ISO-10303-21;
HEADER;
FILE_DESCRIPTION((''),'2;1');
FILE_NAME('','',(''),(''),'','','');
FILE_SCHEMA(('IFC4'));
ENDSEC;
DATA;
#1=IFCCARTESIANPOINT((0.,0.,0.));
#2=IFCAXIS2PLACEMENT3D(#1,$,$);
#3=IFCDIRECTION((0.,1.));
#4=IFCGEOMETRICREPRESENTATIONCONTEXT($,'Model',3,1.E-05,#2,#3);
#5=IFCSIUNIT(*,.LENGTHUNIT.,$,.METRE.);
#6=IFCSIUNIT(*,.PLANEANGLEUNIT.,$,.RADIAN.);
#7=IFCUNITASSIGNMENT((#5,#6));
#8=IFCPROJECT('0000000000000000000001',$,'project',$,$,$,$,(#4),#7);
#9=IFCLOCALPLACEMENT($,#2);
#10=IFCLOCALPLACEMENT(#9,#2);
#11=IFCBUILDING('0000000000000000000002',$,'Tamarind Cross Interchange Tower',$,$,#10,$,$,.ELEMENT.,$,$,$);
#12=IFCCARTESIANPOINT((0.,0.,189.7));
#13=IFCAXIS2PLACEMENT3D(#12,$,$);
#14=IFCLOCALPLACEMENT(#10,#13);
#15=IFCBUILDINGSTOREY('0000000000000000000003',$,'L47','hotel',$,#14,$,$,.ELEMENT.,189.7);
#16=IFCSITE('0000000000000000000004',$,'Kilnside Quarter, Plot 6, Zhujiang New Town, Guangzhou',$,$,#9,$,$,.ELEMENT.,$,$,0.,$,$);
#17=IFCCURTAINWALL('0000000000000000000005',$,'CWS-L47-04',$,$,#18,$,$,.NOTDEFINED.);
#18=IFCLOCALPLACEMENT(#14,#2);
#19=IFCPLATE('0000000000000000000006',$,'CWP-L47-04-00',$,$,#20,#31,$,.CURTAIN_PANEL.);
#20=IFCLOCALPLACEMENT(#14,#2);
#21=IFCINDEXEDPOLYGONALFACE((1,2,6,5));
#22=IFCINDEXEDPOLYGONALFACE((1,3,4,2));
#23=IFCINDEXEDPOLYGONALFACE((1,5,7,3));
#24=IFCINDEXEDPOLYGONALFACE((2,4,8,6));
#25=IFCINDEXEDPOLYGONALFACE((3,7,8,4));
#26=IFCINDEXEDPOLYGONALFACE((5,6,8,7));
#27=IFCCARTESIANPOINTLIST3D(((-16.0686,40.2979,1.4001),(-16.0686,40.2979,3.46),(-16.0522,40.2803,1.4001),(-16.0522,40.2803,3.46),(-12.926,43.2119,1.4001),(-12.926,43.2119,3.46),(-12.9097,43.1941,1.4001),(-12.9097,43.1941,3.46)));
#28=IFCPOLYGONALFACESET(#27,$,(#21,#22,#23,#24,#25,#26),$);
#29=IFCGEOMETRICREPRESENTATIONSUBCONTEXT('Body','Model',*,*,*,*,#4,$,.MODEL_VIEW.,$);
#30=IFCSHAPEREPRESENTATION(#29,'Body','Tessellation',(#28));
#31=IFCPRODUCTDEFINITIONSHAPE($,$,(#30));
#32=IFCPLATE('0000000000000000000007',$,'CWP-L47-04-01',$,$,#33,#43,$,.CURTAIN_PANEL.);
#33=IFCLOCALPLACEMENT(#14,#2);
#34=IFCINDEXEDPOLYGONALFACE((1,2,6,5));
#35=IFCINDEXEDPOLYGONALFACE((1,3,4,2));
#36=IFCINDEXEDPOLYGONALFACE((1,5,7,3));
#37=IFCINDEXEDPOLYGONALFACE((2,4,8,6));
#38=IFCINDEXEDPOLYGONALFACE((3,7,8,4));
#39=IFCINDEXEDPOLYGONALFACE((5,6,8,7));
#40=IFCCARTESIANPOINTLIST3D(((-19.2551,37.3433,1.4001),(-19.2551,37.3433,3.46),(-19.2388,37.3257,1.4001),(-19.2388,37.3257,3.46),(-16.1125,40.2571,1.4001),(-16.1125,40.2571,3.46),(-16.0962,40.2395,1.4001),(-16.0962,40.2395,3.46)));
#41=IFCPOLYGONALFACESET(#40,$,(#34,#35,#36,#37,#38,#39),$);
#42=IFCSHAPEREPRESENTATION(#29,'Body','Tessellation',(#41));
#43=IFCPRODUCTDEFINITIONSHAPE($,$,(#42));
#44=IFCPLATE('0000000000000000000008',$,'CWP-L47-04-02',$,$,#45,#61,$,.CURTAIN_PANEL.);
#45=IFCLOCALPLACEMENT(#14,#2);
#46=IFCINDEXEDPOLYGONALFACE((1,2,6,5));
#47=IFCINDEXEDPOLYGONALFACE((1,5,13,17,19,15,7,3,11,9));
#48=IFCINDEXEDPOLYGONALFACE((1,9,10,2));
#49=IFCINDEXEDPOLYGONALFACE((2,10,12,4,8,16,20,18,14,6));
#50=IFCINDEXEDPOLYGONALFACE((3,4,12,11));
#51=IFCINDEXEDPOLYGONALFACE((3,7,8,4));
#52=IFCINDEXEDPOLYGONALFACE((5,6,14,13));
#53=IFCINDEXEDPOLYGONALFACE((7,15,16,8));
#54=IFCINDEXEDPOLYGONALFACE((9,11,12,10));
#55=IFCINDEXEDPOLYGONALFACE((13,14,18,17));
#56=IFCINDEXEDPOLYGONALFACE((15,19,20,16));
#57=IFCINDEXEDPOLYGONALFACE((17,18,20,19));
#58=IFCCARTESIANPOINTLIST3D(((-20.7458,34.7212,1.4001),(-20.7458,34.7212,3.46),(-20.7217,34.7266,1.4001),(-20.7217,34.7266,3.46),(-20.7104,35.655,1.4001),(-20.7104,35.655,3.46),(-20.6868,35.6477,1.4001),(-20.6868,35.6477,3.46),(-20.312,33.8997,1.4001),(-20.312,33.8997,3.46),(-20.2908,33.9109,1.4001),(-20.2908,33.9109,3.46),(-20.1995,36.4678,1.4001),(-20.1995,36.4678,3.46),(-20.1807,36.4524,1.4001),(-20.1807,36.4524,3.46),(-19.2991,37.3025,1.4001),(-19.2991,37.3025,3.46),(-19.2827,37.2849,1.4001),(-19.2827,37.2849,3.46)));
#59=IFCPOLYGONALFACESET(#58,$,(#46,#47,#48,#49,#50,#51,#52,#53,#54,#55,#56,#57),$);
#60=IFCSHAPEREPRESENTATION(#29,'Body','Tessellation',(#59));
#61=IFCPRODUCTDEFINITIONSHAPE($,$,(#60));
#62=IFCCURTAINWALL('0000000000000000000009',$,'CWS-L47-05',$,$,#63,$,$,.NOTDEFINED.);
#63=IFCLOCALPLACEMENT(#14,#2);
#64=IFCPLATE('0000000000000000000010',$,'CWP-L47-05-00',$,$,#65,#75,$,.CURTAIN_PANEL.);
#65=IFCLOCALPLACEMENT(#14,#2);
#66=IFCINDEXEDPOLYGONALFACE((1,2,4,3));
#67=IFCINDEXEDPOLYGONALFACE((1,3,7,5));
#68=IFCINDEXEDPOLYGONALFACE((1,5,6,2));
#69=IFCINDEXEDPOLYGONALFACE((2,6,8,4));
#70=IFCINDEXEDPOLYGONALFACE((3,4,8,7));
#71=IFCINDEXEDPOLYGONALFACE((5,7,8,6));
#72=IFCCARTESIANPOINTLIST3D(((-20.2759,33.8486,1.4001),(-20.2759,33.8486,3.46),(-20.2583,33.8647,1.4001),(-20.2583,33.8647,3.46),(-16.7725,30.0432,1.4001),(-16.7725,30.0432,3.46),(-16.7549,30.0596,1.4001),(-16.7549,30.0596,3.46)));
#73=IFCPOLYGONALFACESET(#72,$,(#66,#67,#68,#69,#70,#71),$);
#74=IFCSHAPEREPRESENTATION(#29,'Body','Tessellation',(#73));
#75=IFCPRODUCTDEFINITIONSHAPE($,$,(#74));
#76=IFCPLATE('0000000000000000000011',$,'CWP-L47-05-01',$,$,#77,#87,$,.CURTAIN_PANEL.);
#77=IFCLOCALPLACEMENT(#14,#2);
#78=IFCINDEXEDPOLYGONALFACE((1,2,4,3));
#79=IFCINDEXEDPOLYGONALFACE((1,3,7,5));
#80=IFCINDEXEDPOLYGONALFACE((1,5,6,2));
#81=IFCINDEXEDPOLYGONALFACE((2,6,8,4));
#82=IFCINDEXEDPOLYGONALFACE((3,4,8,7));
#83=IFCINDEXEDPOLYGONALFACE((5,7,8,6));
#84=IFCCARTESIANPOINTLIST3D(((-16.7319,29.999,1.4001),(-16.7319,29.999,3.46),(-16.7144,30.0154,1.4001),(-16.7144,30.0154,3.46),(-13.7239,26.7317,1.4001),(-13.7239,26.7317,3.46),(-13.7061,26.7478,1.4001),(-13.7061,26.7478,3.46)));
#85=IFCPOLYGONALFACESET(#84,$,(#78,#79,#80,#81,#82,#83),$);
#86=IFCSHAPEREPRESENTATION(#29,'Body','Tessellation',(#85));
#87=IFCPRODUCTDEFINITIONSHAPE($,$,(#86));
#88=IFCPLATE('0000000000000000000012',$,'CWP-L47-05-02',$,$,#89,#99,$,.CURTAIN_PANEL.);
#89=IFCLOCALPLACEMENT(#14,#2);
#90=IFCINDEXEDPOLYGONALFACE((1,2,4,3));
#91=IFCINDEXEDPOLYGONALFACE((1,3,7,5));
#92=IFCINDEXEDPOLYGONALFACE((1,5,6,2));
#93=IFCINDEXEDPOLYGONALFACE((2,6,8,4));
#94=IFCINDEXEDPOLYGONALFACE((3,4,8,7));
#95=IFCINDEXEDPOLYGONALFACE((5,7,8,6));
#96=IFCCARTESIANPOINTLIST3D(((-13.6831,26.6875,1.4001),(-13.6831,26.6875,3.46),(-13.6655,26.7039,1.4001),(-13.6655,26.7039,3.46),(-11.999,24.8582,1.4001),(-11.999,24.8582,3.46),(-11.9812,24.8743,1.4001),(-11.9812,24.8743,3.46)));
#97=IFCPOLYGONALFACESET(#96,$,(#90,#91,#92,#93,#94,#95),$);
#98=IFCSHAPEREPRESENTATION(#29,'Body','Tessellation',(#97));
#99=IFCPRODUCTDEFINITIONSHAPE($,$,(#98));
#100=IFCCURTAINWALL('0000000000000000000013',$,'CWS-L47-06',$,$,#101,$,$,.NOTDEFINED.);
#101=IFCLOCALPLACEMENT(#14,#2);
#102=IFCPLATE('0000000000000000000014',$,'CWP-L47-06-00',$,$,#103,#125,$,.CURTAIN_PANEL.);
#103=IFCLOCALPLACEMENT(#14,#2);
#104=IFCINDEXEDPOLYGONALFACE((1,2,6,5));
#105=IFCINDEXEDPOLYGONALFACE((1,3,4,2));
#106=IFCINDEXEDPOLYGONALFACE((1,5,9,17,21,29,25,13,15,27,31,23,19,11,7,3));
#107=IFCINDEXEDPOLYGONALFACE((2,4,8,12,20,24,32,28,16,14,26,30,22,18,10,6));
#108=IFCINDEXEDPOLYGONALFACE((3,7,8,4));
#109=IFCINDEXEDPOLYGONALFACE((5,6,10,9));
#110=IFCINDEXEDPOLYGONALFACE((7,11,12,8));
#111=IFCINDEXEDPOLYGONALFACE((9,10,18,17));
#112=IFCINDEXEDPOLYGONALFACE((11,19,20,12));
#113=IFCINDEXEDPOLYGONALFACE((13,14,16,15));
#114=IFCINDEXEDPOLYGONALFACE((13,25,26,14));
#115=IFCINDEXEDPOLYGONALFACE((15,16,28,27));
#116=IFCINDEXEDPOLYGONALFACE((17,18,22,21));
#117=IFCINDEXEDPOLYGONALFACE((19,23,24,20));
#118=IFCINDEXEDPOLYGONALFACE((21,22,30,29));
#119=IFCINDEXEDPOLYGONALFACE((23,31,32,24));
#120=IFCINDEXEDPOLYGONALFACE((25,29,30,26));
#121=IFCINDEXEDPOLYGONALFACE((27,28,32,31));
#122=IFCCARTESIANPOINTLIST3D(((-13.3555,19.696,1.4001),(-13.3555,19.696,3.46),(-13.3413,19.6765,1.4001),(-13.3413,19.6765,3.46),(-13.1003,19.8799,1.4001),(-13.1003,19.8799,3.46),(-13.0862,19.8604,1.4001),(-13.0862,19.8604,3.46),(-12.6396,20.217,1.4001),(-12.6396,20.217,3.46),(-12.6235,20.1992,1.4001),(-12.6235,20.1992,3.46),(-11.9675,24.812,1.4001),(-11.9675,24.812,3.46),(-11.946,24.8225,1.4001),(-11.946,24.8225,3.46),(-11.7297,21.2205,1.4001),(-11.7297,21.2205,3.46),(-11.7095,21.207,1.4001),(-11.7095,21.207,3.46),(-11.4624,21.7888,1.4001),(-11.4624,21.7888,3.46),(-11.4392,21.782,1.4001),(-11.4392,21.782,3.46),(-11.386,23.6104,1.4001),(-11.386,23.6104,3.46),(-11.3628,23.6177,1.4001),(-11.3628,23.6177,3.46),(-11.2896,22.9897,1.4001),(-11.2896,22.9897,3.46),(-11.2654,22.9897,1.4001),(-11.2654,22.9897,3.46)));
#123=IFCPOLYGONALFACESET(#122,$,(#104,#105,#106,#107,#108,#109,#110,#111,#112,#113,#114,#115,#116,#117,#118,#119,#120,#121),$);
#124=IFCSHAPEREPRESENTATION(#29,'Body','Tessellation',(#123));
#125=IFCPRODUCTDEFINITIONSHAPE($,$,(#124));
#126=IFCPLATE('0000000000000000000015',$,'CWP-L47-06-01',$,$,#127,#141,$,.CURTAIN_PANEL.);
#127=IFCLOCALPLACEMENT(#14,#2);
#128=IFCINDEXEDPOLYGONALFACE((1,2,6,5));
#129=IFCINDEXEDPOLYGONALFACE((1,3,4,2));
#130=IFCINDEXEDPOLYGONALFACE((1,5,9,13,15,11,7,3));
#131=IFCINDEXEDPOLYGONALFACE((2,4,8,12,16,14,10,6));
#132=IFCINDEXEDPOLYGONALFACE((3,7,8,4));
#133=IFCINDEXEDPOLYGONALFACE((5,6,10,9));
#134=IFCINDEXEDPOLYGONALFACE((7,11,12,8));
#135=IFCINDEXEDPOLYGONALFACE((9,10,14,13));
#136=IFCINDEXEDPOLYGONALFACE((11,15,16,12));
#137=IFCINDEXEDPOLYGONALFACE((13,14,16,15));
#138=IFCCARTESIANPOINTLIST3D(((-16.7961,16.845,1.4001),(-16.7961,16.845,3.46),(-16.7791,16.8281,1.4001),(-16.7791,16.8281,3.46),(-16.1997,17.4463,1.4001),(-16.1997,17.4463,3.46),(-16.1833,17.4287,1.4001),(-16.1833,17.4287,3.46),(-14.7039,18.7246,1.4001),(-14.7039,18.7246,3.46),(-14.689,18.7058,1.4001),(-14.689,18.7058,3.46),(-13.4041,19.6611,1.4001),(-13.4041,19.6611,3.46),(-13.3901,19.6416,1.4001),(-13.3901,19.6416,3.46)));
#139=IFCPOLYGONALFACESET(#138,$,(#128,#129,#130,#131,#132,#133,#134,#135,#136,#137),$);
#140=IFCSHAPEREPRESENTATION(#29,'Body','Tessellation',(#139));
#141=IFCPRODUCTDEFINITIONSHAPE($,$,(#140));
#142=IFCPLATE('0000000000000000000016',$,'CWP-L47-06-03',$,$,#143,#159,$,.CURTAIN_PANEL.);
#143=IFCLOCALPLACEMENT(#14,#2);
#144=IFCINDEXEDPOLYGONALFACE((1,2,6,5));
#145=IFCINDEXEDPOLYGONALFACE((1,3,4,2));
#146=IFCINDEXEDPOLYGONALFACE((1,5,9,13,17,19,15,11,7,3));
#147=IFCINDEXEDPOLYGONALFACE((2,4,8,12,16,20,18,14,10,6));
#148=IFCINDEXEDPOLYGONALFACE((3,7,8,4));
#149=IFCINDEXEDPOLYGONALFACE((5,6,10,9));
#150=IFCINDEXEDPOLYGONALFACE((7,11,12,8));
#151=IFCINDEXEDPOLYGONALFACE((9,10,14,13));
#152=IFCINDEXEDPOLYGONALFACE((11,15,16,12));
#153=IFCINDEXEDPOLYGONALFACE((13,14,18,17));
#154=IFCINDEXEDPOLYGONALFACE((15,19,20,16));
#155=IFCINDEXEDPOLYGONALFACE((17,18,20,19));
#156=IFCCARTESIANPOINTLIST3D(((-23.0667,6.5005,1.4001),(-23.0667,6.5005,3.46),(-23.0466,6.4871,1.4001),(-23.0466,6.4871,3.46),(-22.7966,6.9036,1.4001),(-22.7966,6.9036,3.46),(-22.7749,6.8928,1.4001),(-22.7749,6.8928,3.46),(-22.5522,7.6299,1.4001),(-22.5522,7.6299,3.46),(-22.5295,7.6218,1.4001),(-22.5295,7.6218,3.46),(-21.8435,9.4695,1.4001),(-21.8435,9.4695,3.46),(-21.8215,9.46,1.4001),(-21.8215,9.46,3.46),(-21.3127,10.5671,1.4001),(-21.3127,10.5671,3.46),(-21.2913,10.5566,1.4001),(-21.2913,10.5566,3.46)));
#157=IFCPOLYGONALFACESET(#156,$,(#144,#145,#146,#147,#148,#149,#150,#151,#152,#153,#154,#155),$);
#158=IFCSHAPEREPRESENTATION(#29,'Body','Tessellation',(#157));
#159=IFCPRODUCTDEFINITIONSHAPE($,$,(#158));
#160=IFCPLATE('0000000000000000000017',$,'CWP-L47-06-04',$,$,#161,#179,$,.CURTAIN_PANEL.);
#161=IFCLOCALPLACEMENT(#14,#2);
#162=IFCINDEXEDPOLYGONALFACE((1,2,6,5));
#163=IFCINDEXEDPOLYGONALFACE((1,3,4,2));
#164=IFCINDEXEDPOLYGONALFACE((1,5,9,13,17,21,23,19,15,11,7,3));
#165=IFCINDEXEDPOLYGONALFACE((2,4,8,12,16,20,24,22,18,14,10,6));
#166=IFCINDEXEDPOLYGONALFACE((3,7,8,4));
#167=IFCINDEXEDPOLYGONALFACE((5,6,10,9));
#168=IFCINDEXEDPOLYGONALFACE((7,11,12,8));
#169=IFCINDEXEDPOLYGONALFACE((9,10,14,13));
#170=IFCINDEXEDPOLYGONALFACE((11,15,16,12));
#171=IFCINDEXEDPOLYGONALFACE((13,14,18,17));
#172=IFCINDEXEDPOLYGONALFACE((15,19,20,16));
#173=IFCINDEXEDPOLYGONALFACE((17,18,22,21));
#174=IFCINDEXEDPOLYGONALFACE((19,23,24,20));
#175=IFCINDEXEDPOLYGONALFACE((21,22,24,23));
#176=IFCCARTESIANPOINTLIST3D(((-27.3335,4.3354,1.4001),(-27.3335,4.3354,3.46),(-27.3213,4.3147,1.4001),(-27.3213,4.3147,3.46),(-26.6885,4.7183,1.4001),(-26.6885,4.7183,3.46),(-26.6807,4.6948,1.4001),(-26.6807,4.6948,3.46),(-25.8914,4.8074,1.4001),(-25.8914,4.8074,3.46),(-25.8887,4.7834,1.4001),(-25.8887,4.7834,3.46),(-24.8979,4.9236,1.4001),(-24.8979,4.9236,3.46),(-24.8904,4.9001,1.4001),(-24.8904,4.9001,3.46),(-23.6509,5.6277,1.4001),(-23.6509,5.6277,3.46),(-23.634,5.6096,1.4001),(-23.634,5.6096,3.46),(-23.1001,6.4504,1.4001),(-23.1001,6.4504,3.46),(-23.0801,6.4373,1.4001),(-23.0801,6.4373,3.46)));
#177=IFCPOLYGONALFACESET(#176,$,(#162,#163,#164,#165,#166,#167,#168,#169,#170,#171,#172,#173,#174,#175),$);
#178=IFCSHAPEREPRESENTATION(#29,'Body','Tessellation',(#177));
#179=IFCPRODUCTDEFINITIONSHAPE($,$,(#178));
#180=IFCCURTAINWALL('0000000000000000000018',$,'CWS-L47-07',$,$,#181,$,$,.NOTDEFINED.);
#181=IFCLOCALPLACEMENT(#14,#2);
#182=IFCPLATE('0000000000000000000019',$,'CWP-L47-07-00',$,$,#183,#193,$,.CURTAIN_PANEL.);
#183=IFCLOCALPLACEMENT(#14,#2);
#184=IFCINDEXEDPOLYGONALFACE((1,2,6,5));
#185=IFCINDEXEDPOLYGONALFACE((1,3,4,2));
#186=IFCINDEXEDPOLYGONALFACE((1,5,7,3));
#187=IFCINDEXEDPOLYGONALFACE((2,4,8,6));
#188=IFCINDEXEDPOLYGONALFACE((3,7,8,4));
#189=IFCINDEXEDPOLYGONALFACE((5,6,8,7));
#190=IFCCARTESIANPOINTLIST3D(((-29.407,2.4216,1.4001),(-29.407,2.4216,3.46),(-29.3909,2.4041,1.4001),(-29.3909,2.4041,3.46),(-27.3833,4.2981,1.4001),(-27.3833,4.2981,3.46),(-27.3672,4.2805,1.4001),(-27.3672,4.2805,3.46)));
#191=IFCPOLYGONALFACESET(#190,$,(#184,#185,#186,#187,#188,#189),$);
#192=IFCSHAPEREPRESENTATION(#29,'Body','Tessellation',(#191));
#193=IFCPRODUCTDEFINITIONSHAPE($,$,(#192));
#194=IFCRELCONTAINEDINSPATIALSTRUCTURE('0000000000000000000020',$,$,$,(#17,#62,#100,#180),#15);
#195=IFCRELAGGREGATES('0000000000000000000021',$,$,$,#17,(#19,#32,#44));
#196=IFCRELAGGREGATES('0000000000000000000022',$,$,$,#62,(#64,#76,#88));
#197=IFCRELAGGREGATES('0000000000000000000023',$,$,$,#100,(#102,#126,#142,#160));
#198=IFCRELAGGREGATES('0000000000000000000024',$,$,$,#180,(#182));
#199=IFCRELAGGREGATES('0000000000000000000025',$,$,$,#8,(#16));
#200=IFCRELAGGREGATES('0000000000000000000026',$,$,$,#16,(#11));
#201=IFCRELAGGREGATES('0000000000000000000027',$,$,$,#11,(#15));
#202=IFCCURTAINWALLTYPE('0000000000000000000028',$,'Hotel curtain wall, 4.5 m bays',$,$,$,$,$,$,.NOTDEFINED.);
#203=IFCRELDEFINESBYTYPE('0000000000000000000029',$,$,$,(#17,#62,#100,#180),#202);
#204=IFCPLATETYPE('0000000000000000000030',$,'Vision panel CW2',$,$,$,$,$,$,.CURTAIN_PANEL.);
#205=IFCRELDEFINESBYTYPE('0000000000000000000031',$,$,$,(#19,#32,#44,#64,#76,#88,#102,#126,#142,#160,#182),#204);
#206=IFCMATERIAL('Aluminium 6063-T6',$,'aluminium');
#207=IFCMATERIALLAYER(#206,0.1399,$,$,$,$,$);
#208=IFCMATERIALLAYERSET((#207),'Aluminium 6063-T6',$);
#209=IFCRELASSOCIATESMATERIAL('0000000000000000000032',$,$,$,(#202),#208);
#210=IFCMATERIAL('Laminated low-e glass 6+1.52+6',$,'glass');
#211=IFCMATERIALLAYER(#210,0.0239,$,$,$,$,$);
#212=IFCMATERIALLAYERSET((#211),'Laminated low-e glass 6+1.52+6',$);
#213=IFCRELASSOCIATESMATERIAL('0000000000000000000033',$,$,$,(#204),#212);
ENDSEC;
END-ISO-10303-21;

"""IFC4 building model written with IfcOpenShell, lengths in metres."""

from ifc_helpers import new_model, si_unit, direction, frame, origin, place, context, subcontext, project, spatial, polyline, outline, extrude, material, layer, layer_set, type_object, element, aggregate, save


model = new_model("IFC4")

# Units and contexts
model_context = context("Model", 3, precision=1e-05, world=origin(), true_north=direction((0.0, 1.0)))
body_context = subcontext(model_context, "Body", "Model", "MODEL_VIEW")
ifc_project = project(units=[si_unit("LENGTHUNIT", "METRE"), si_unit("PLANEANGLEUNIT", "RADIAN")], contexts=[model_context])

# Site, building, storey
site_placement = place(None, origin())
site = spatial("IfcSite", under=ifc_project, at=site_placement, Name="Kilnside Quarter, Plot 6, Zhujiang New Town, Guangzhou", CompositionType="ELEMENT", RefElevation=0.0)
building_placement = place(site_placement, origin())
building = spatial("IfcBuilding", under=site, at=building_placement, Name="Tamarind Cross Interchange Tower", CompositionType="ELEMENT")
storey_placement = place(building_placement, frame((0.0, 0.0, 189.7)))
storey = spatial("IfcBuildingStorey", under=building, at=storey_placement, Name="L47", Description="hotel", CompositionType="ELEMENT", Elevation=189.7)

# Curtain walls, plates
ifc_material_1 = material(Name="Aluminium 6063-T6", Category="aluminium")
ifc_layer_1 = layer(ifc_material_1, 0.1399)
ifc_layer_set_1 = layer_set([ifc_layer_1], Name="Aluminium 6063-T6")
curtain_wall_type = type_object("IfcCurtainWallType", Name="Hotel curtain wall, 4.5 m bays", PredefinedType="NOTDEFINED", material=ifc_layer_set_1)
curtain_wall_1_placement = place(storey_placement, origin())
curtain_wall_1 = element("IfcCurtainWall", 1, at=curtain_wall_1_placement, inside=storey, type_object=curtain_wall_type, Name="CWS-L47-04", PredefinedType="NOTDEFINED")
ifc_material_2 = material(Name="Laminated low-e glass 6+1.52+6", Category="glass")
ifc_layer_2 = layer(ifc_material_2, 0.0239)
ifc_layer_set_2 = layer_set([ifc_layer_2], Name="Laminated low-e glass 6+1.52+6")
plate_type = type_object("IfcPlateType", Name="Vision panel CW2", PredefinedType="CURTAIN_PANEL", material=ifc_layer_set_2)
plate_1_placement = place(storey_placement, frame((0.0, 0.0, 1.4001)))
plate_1 = element("IfcPlate", 2, at=plate_1_placement, type_object=plate_type, Name="CWP-L47-04-00", PredefinedType="CURTAIN_PANEL", context=body_context, shape_type="SweptSolid", body=[
    extrude(outline(polyline([(-12.9097, 43.1941), (-16.0522, 40.2803), (-16.0686, 40.2979), (-12.926, 43.2119), (-12.9097, 43.1941)])), origin(), (0.0, 0.0, 1.0), 2.0598),
])
plate_2_placement = place(storey_placement, frame((0.0, 0.0, 1.4001)))
plate_2 = element("IfcPlate", 3, at=plate_2_placement, type_object=plate_type, Name="CWP-L47-04-01", PredefinedType="CURTAIN_PANEL", context=body_context, shape_type="SweptSolid", body=[
    extrude(outline(polyline([(-16.0962, 40.2395), (-19.2388, 37.3257), (-19.2551, 37.3433), (-16.1125, 40.2571), (-16.0962, 40.2395)])), origin(), (0.0, 0.0, 1.0), 2.0598),
])
plate_3_placement = place(storey_placement, frame((0.0, 0.0, 1.4001)))
plate_3 = element("IfcPlate", 4, at=plate_3_placement, type_object=plate_type, Name="CWP-L47-04-02", PredefinedType="CURTAIN_PANEL", context=body_context, shape_type="SweptSolid", body=[
    extrude(outline(polyline([(-19.2827, 37.2849), (-20.1807, 36.4524), (-20.6868, 35.6477), (-20.7217, 34.7266), (-20.2908, 33.9109), (-20.312, 33.8997), (-20.7458, 34.7212), (-20.7104, 35.655), (-20.1995, 36.4678), (-19.2991, 37.3025), (-19.2827, 37.2849)])), origin(), (0.0, 0.0, 1.0), 2.0598),
])
aggregate(curtain_wall_1, [plate_1, plate_2, plate_3])
curtain_wall_2_placement = place(storey_placement, origin())
curtain_wall_2 = element("IfcCurtainWall", 5, at=curtain_wall_2_placement, inside=storey, type_object=curtain_wall_type, Name="CWS-L47-05", PredefinedType="NOTDEFINED")
plate_4_placement = place(storey_placement, frame((0.0, 0.0, 1.4001)))
plate_4 = element("IfcPlate", 6, at=plate_4_placement, type_object=plate_type, Name="CWP-L47-05-00", PredefinedType="CURTAIN_PANEL", context=body_context, shape_type="SweptSolid", body=[
    extrude(outline(polyline([(-20.2583, 33.8647), (-16.7549, 30.0596), (-16.7725, 30.0432), (-20.2759, 33.8486), (-20.2583, 33.8647)])), origin(), (0.0, 0.0, 1.0), 2.0598),
])
plate_5_placement = place(storey_placement, frame((0.0, 0.0, 1.4001)))
plate_5 = element("IfcPlate", 7, at=plate_5_placement, type_object=plate_type, Name="CWP-L47-05-01", PredefinedType="CURTAIN_PANEL", context=body_context, shape_type="SweptSolid", body=[
    extrude(outline(polyline([(-16.7144, 30.0154), (-13.7061, 26.7478), (-13.7239, 26.7317), (-16.7319, 29.999), (-16.7144, 30.0154)])), origin(), (0.0, 0.0, 1.0), 2.0598),
])
plate_6_placement = place(storey_placement, frame((0.0, 0.0, 1.4001)))
plate_6 = element("IfcPlate", 8, at=plate_6_placement, type_object=plate_type, Name="CWP-L47-05-02", PredefinedType="CURTAIN_PANEL", context=body_context, shape_type="SweptSolid", body=[
    extrude(outline(polyline([(-13.6655, 26.7039), (-11.9812, 24.8743), (-11.999, 24.8582), (-13.6831, 26.6875), (-13.6655, 26.7039)])), origin(), (0.0, 0.0, 1.0), 2.0598),
])
aggregate(curtain_wall_2, [plate_4, plate_5, plate_6])
curtain_wall_3_placement = place(storey_placement, origin())
curtain_wall_3 = element("IfcCurtainWall", 9, at=curtain_wall_3_placement, inside=storey, type_object=curtain_wall_type, Name="CWS-L47-06", PredefinedType="NOTDEFINED")
plate_7_placement = place(storey_placement, frame((0.0, 0.0, 1.4001)))
plate_7 = element("IfcPlate", 10, at=plate_7_placement, type_object=plate_type, Name="CWP-L47-06-00", PredefinedType="CURTAIN_PANEL", context=body_context, shape_type="SweptSolid", body=[
    extrude(outline(polyline([(-11.946, 24.8225), (-11.3628, 23.6177), (-11.2654, 22.9897), (-11.4392, 21.782), (-11.7095, 21.207), (-12.6235, 20.1992), (-13.0862, 19.8604), (-13.3413, 19.6765), (-13.3555, 19.696), (-13.1003, 19.8799), (-12.6396, 20.217), (-11.7297, 21.2205), (-11.4624, 21.7888), (-11.2896, 22.9897), (-11.386, 23.6104), (-11.9675, 24.812), (-11.946, 24.8225)])), origin(), (0.0, 0.0, 1.0), 2.0598),
])
plate_8_placement = place(storey_placement, frame((0.0, 0.0, 1.4001)))
plate_8 = element("IfcPlate", 11, at=plate_8_placement, type_object=plate_type, Name="CWP-L47-06-01", PredefinedType="CURTAIN_PANEL", context=body_context, shape_type="SweptSolid", body=[
    extrude(outline(polyline([(-13.3901, 19.6416), (-14.689, 18.7058), (-16.1833, 17.4287), (-16.7791, 16.8281), (-16.7961, 16.845), (-16.1997, 17.4463), (-14.7039, 18.7246), (-13.4041, 19.6611), (-13.3901, 19.6416)])), origin(), (0.0, 0.0, 1.0), 2.0598),
])
plate_9_placement = place(storey_placement, frame((0.0, 0.0, 1.4001)))
plate_9 = element("IfcPlate", 12, at=plate_9_placement, type_object=plate_type, Name="CWP-L47-06-03", PredefinedType="CURTAIN_PANEL", context=body_context, shape_type="SweptSolid", body=[
    extrude(outline(polyline([(-21.2913, 10.5566), (-21.8215, 9.46), (-22.5295, 7.6218), (-22.7749, 6.8928), (-23.0466, 6.4871), (-23.0667, 6.5005), (-22.7966, 6.9036), (-22.5522, 7.6299), (-21.8435, 9.4695), (-21.3127, 10.5671), (-21.2913, 10.5566)])), origin(), (0.0, 0.0, 1.0), 2.0598),
])
plate_10_placement = place(storey_placement, frame((0.0, 0.0, 1.4001)))
plate_10 = element("IfcPlate", 13, at=plate_10_placement, type_object=plate_type, Name="CWP-L47-06-04", PredefinedType="CURTAIN_PANEL", context=body_context, shape_type="SweptSolid", body=[
    extrude(outline(polyline([(-23.0801, 6.4373), (-23.634, 5.6096), (-24.8904, 4.9001), (-25.8887, 4.7834), (-26.6807, 4.6948), (-27.3213, 4.3147), (-27.3335, 4.3354), (-26.6885, 4.7183), (-25.8914, 4.8074), (-24.8979, 4.9236), (-23.6509, 5.6277), (-23.1001, 6.4504), (-23.0801, 6.4373)])), origin(), (0.0, 0.0, 1.0), 2.0598),
])
aggregate(curtain_wall_3, [plate_7, plate_8, plate_9, plate_10])
curtain_wall_4_placement = place(storey_placement, origin())
curtain_wall_4 = element("IfcCurtainWall", 14, at=curtain_wall_4_placement, inside=storey, type_object=curtain_wall_type, Name="CWS-L47-07", PredefinedType="NOTDEFINED")
plate_11_placement = place(storey_placement, frame((0.0, 0.0, 1.4001)))
plate_11 = element("IfcPlate", 15, at=plate_11_placement, type_object=plate_type, Name="CWP-L47-07-00", PredefinedType="CURTAIN_PANEL", context=body_context, shape_type="SweptSolid", body=[
    extrude(outline(polyline([(-27.3672, 4.2805), (-29.3909, 2.4041), (-29.407, 2.4216), (-27.3833, 4.2981), (-27.3672, 4.2805)])), origin(), (0.0, 0.0, 1.0), 2.0598),
])
aggregate(curtain_wall_4, [plate_11])

save(model, "model.ifc")
